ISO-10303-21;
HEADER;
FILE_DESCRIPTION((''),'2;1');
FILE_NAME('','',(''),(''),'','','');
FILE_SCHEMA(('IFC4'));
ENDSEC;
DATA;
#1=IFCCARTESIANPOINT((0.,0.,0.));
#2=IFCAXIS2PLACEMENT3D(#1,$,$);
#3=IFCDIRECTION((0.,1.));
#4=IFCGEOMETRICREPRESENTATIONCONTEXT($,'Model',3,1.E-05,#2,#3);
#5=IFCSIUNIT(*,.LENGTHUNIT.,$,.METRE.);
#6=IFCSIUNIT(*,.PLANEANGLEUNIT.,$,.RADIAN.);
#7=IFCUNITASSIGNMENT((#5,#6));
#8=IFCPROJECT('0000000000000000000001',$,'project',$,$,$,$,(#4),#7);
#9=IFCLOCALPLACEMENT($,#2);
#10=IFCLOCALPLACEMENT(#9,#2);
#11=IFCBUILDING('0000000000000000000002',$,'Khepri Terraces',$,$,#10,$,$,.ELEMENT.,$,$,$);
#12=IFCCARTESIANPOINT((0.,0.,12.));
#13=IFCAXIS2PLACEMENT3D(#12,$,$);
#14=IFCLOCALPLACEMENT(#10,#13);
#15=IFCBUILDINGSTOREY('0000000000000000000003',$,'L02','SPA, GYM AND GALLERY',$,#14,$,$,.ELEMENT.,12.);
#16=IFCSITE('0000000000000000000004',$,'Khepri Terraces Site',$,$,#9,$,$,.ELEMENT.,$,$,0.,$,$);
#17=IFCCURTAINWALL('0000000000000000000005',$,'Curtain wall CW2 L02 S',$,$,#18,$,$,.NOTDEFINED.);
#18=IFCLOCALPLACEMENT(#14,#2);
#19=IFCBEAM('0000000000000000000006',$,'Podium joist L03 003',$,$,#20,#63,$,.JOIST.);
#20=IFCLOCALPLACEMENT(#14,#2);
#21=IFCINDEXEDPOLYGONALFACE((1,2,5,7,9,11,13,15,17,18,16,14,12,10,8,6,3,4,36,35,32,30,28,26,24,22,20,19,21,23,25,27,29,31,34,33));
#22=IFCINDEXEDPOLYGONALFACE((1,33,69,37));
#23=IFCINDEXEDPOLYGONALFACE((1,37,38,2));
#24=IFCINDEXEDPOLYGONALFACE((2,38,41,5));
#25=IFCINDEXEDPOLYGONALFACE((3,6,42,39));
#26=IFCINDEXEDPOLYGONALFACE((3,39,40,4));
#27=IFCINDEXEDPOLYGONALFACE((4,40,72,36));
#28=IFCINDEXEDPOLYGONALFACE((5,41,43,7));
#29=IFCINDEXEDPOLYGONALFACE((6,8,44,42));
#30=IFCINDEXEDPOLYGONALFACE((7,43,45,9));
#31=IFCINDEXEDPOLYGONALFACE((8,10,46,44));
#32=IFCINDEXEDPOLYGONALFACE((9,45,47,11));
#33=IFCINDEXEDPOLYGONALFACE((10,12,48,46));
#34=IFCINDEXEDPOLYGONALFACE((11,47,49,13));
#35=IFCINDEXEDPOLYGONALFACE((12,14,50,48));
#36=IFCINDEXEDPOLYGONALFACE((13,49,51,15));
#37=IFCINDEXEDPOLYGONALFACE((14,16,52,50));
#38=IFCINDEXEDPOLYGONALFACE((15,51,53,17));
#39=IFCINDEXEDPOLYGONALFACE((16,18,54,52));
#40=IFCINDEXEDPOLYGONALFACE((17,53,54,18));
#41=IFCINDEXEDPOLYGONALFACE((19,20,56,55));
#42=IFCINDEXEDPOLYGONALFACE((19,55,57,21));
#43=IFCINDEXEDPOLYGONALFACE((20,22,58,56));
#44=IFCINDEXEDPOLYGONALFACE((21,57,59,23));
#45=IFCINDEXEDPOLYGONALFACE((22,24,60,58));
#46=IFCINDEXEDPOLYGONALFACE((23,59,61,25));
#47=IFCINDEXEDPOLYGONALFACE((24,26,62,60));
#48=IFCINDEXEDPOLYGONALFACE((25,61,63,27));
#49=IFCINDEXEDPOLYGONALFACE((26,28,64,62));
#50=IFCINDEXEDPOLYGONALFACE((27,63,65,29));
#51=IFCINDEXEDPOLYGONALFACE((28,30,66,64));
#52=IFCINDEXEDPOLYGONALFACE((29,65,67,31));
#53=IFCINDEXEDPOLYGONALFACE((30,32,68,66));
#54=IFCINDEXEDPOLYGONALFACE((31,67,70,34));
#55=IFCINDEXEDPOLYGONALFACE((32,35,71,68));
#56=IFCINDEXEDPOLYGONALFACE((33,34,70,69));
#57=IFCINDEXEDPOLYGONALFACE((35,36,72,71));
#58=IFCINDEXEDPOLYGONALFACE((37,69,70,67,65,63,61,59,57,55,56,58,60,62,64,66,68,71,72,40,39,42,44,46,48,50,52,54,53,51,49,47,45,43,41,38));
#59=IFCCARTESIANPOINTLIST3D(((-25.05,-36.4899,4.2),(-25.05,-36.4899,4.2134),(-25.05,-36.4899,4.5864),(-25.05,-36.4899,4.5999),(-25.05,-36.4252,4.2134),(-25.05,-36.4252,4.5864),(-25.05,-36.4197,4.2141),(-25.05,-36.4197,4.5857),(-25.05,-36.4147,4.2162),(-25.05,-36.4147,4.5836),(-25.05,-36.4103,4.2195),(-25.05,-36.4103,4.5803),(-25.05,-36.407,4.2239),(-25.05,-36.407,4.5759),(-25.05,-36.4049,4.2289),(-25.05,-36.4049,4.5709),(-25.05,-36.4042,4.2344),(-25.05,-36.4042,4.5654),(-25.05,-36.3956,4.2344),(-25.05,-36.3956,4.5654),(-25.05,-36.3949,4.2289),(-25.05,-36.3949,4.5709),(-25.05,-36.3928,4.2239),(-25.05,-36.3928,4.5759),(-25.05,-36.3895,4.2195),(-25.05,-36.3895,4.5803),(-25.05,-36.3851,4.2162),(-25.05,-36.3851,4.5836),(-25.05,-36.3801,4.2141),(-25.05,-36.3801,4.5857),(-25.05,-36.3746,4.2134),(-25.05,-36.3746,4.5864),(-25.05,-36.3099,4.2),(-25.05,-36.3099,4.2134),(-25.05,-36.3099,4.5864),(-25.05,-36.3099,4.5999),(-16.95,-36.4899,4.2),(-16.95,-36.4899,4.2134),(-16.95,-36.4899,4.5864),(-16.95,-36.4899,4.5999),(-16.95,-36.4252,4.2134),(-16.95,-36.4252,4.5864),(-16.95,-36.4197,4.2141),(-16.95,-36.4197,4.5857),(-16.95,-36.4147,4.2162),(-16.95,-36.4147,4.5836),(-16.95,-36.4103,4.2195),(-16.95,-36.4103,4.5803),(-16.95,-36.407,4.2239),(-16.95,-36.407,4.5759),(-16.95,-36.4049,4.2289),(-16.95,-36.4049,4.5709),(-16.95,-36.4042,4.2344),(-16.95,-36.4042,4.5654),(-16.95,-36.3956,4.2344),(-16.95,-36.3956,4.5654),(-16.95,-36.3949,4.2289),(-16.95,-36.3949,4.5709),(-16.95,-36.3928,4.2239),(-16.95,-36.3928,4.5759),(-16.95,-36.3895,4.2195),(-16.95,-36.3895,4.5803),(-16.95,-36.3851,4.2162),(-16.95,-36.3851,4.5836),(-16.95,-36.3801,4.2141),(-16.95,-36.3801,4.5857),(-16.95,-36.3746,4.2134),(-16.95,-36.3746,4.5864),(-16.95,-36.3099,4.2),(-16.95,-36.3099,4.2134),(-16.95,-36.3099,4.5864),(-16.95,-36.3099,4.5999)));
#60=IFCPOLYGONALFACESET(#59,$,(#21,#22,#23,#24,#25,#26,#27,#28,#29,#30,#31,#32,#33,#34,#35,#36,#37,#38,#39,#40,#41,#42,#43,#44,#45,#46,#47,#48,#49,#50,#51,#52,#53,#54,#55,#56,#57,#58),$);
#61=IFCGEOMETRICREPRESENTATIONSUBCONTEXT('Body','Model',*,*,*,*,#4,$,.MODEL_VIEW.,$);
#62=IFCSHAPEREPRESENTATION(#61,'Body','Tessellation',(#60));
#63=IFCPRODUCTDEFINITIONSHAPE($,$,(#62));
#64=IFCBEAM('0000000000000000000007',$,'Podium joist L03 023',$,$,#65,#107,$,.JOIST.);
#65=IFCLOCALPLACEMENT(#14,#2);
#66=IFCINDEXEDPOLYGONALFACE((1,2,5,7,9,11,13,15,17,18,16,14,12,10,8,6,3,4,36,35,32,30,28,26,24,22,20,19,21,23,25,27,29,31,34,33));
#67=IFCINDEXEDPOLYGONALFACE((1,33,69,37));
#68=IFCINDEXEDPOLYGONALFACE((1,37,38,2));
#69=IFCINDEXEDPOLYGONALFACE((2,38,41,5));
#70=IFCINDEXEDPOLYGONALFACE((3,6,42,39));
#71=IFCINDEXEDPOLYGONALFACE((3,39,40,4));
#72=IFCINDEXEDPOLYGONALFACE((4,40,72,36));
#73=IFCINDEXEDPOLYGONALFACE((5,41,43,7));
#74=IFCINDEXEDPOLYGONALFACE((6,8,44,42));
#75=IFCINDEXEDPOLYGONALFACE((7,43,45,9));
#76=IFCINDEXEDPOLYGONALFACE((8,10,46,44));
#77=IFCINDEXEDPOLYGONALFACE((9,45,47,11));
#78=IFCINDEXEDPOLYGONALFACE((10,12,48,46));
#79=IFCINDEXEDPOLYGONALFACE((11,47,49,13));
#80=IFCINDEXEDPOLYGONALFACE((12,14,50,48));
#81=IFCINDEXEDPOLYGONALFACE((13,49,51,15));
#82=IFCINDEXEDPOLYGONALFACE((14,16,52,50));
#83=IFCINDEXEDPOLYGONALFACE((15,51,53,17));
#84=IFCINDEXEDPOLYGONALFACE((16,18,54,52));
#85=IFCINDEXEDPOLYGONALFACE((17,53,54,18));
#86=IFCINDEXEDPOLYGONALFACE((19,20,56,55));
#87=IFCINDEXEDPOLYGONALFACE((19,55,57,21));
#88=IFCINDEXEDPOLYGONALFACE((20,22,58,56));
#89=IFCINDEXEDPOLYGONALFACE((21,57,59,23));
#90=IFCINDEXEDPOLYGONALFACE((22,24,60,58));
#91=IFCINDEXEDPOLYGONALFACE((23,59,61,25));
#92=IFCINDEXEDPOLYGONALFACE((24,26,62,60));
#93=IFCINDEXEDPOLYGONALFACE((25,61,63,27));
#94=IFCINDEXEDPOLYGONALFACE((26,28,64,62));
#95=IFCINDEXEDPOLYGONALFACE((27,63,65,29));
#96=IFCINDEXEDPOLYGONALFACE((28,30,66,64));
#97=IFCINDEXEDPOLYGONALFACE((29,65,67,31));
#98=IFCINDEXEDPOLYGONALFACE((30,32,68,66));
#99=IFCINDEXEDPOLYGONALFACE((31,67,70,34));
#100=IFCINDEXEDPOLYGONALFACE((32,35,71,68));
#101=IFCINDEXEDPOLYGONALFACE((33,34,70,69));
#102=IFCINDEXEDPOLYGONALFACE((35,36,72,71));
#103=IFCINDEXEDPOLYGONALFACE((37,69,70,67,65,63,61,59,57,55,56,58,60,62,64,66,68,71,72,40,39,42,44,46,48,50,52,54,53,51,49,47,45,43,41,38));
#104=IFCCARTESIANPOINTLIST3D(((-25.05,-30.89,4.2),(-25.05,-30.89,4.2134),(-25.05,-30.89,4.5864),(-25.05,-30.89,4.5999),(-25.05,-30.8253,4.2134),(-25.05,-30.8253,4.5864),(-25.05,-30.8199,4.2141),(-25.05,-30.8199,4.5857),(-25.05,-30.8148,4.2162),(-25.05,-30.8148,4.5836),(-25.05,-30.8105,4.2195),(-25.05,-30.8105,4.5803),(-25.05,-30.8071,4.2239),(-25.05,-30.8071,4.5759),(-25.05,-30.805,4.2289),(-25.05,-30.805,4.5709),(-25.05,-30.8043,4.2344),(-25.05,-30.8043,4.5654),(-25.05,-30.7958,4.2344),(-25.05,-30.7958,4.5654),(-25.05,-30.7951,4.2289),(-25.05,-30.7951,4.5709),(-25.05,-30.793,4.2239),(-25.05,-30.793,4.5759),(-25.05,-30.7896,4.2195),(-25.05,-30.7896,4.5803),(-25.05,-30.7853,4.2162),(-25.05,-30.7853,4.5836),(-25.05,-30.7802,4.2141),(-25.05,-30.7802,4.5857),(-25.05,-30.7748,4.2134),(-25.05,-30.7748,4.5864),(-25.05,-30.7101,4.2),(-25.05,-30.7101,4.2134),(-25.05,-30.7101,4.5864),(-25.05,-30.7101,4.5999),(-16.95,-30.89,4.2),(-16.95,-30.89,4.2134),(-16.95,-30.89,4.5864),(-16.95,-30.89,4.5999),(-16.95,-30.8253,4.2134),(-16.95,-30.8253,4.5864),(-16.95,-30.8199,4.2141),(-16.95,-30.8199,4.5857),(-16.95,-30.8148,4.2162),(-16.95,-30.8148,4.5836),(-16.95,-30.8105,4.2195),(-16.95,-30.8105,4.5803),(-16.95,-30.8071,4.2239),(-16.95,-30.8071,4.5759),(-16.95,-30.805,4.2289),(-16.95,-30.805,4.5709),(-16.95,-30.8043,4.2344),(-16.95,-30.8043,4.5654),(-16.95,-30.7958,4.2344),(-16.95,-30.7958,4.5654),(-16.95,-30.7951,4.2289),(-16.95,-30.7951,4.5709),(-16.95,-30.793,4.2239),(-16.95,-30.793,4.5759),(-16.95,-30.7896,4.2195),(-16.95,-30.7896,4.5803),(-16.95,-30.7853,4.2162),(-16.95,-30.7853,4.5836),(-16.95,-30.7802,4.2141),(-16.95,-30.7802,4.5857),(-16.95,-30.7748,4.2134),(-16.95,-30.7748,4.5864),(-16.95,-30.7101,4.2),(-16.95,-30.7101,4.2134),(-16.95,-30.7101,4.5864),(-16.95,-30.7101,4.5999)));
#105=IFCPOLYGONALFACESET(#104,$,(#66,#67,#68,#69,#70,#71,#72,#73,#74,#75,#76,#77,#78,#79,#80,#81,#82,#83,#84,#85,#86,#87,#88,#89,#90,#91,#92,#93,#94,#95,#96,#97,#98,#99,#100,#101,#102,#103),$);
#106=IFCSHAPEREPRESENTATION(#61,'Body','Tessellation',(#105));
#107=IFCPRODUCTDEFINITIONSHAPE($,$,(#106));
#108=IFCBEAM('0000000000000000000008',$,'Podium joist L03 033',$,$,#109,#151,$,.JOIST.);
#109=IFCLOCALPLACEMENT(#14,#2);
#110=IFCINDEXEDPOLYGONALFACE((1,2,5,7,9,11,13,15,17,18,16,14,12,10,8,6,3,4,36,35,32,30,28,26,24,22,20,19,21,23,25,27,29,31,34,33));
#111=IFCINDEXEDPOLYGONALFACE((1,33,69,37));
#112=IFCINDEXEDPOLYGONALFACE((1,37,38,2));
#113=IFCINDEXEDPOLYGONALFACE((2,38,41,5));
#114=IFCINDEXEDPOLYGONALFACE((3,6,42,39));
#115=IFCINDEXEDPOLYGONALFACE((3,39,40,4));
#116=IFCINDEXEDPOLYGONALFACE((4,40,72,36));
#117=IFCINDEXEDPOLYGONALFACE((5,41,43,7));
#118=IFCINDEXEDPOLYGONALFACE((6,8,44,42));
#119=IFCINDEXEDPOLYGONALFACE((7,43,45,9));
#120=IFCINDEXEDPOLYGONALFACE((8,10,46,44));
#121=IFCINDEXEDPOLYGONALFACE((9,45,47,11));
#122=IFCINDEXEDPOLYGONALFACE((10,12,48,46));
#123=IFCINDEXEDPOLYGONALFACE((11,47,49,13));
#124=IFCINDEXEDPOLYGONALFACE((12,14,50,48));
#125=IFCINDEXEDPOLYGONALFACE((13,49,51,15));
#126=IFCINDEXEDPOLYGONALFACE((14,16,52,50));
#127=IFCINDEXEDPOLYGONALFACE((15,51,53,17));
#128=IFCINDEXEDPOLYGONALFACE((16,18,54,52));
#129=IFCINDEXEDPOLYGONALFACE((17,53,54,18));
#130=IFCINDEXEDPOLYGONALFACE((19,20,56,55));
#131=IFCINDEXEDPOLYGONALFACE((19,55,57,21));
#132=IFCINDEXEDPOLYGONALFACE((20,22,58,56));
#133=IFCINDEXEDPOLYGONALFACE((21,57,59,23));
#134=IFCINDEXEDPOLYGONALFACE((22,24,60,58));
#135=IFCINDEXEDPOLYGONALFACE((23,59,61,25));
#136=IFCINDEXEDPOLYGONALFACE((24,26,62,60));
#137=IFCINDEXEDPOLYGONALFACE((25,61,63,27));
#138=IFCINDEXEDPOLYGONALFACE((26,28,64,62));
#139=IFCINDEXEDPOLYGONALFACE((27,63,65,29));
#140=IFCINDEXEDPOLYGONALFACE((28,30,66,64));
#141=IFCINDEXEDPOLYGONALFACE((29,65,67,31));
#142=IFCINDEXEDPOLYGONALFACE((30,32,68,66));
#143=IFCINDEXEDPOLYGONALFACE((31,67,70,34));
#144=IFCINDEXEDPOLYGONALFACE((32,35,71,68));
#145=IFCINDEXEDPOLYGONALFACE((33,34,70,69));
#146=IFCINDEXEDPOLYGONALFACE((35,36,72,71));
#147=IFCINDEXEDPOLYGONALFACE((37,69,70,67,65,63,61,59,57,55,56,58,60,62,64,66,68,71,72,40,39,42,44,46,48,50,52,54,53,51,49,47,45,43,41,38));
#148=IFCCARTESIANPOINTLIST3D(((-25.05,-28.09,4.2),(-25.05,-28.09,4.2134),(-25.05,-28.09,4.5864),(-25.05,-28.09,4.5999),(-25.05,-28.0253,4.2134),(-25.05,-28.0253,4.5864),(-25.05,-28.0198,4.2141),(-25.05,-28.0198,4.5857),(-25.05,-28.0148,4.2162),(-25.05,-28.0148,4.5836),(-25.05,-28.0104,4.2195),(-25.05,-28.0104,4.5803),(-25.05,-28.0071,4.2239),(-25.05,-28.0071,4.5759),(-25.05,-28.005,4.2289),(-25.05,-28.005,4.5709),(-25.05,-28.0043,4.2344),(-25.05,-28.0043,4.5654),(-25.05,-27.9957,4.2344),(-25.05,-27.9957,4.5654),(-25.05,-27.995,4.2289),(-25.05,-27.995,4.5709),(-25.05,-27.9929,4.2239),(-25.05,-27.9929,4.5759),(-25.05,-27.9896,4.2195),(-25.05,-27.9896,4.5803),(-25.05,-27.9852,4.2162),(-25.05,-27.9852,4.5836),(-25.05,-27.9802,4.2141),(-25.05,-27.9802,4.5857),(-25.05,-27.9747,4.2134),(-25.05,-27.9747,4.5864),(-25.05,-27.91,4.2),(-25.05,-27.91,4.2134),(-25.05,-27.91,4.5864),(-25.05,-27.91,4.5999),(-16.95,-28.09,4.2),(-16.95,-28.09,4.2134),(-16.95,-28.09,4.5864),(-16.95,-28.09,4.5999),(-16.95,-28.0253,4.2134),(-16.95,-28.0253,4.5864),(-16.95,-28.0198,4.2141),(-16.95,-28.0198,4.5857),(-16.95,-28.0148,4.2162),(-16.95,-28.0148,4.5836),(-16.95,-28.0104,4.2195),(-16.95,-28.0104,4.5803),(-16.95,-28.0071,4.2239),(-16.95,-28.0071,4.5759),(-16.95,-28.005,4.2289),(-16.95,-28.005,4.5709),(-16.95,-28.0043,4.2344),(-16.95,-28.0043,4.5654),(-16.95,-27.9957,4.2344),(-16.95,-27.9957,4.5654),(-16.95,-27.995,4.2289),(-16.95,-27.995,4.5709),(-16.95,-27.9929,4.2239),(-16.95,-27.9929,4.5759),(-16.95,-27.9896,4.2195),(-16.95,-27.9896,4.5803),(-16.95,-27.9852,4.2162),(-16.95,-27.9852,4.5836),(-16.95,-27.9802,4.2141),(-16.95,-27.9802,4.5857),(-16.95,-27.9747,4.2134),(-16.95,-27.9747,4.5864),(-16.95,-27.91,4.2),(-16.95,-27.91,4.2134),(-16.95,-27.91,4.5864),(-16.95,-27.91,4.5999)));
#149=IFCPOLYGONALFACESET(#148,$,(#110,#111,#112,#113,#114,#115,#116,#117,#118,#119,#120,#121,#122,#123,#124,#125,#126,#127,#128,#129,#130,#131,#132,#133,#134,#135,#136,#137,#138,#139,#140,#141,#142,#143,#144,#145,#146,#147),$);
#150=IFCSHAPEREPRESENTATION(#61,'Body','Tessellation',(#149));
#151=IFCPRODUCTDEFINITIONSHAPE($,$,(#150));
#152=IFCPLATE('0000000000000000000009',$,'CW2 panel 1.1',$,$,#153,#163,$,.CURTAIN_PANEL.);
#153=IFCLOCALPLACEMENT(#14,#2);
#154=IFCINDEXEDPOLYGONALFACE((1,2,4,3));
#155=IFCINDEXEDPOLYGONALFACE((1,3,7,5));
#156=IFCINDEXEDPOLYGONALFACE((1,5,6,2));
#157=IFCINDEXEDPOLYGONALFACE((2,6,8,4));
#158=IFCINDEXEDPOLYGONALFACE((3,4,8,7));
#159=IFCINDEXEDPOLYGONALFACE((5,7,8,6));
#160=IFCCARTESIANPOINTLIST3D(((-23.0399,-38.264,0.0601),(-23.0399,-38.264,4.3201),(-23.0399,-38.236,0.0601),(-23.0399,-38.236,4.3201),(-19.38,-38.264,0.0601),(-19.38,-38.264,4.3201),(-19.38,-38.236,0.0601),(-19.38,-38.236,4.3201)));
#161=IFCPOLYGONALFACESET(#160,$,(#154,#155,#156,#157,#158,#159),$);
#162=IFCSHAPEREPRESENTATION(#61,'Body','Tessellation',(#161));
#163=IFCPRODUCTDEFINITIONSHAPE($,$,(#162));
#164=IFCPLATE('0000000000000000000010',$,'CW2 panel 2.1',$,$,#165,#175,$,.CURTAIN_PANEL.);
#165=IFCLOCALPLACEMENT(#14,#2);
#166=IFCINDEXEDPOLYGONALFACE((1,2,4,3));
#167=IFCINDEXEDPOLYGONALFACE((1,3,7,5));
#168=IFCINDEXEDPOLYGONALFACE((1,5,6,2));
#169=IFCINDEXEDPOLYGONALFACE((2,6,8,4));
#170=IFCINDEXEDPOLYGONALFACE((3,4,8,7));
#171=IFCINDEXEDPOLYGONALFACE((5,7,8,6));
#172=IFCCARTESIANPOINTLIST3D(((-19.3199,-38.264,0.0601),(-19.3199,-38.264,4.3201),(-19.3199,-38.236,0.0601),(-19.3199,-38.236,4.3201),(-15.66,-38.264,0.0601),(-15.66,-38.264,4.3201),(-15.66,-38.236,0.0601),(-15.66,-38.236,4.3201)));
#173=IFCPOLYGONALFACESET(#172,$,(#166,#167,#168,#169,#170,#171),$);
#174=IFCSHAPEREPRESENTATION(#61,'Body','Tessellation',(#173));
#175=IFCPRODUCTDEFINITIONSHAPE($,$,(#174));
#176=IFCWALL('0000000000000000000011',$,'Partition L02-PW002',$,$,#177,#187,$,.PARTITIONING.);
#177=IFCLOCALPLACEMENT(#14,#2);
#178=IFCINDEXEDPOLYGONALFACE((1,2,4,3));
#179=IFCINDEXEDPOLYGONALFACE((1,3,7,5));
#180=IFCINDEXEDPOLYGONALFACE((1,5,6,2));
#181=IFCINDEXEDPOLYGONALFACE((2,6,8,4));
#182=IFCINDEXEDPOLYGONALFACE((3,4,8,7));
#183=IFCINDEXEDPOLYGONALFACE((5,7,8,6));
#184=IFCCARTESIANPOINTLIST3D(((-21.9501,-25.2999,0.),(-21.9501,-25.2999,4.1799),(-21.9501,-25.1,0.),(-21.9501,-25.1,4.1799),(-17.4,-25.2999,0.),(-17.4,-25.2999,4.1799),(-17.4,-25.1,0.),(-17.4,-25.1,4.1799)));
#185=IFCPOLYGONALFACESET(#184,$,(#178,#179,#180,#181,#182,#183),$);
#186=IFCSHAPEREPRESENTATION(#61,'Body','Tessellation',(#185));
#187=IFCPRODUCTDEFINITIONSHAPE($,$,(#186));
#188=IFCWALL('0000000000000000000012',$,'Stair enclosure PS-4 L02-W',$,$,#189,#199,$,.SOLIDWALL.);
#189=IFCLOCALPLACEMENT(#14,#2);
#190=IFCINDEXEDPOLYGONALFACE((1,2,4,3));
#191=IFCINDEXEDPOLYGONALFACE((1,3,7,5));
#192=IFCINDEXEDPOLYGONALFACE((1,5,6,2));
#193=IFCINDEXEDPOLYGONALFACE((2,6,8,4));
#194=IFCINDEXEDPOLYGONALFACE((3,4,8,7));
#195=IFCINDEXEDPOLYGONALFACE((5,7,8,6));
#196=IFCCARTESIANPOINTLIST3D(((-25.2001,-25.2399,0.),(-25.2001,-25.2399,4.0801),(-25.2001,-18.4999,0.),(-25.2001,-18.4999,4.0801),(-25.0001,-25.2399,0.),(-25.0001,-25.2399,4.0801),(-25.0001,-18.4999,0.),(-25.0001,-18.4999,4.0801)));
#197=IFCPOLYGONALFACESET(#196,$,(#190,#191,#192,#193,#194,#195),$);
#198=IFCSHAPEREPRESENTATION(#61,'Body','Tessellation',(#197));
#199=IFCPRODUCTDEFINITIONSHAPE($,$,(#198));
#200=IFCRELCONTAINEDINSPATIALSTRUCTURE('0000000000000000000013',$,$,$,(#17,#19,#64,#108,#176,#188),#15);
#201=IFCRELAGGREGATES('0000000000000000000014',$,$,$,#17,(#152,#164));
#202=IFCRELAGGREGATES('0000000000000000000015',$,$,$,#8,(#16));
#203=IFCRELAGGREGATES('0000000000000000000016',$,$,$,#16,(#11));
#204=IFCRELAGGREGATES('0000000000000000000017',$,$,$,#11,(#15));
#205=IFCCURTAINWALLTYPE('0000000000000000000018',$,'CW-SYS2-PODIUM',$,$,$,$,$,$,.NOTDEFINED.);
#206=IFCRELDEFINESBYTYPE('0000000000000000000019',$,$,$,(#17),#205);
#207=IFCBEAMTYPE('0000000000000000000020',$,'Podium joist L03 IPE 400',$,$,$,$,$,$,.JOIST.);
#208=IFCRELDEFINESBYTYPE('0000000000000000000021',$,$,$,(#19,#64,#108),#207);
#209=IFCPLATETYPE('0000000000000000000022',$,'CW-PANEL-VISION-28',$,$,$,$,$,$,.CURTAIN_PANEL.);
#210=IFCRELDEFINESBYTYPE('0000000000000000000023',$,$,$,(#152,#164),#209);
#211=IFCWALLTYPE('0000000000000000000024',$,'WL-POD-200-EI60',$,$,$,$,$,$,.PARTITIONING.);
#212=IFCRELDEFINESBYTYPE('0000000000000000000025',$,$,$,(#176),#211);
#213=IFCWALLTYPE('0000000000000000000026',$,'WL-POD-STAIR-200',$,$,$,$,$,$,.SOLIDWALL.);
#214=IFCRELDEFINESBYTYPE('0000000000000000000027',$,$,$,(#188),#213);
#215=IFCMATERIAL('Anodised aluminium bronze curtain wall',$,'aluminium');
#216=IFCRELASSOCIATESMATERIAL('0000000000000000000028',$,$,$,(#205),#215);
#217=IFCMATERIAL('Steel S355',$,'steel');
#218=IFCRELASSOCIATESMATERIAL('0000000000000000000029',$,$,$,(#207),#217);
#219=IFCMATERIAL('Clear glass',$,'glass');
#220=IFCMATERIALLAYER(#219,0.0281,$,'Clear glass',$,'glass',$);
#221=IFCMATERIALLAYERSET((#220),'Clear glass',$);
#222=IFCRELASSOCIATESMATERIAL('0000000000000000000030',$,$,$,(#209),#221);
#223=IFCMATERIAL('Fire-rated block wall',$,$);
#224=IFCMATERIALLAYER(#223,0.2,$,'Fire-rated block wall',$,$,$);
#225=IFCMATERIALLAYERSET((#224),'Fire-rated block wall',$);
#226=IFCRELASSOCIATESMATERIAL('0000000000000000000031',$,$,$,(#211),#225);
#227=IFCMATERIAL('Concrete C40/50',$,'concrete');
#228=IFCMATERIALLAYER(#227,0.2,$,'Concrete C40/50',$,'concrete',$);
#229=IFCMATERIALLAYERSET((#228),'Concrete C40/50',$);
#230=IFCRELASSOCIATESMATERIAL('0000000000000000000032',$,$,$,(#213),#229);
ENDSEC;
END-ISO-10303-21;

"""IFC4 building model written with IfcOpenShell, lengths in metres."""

from ifc_helpers import new_model, si_unit, direction, frame, frame_2d, origin, origin_2d, place, context, subcontext, project, spatial, rectangle, i_section, extrude, material, layer, layer_set, material_profile, profile_set, type_object, element, aggregate, save


model = new_model("IFC4")

# Units and contexts
model_context = context("Model", 3, precision=1e-05, world=origin(), true_north=direction((0.0, 1.0)))
body_context = subcontext(model_context, "Body", "Model", "MODEL_VIEW")
ifc_project = project(units=[si_unit("LENGTHUNIT", "METRE"), si_unit("PLANEANGLEUNIT", "RADIAN")], contexts=[model_context])

# Site, building, storey
site_placement = place(None, origin())
site = spatial("IfcSite", under=ifc_project, at=site_placement, Name="Khepri Terraces Site", CompositionType="ELEMENT", RefElevation=0.0)
building_placement = place(site_placement, origin())
building = spatial("IfcBuilding", under=site, at=building_placement, Name="Khepri Terraces", CompositionType="ELEMENT")
storey_placement = place(building_placement, frame((0.0, 0.0, 12.0)))
storey = spatial("IfcBuildingStorey", under=building, at=storey_placement, Name="L02", Description="SPA, GYM AND GALLERY", CompositionType="ELEMENT", Elevation=12.0)

# Curtain wall
ifc_material_1 = material(Name="Anodised aluminium bronze curtain wall", Category="aluminium")
curtain_wall_type = type_object("IfcCurtainWallType", Name="CW-SYS2-PODIUM", PredefinedType="NOTDEFINED", material=ifc_material_1)
curtain_wall_placement = place(storey_placement, origin())
curtain_wall = element("IfcCurtainWall", 1, at=curtain_wall_placement, inside=storey, type_object=curtain_wall_type, Name="Curtain wall CW2 L02 S", PredefinedType="NOTDEFINED")

# Beams
ifc_material_2 = material(Name="Steel S355", Category="steel")
ifc_material_profile_1 = material_profile(ifc_material_2, i_section(OverallWidth=0.1799, OverallDepth=0.3999, WebThickness=0.0085, FlangeThickness=0.0134, FilletRadius=0.021, at=origin_2d()), Name="Steel S355", Category="steel")
ifc_profile_set_1 = profile_set([ifc_material_profile_1], Name="Steel S355")
beam_type_1 = type_object("IfcBeamType", Name="Podium joist L03 IPE 400", PredefinedType="JOIST", material=ifc_profile_set_1)
for number, where, z_axis, x_axis, name in (
    (2, (-25.05, -36.3999, 4.3999), (1.0, 0.0, 0.0), (0.0, 1.0, 0.0), "Podium joist L03 003"),
    (3, (-25.05, -30.8, 4.3999), (1.0, 0.0, 0.0), (0.0, 1.0, 0.0), "Podium joist L03 023"),
    (4, (-25.05, -28.0, 4.3999), (1.0, 0.0, 0.0), (0.0, 1.0, 0.0), "Podium joist L03 033"),
):
    element("IfcBeam", number, at=place(storey_placement, frame(where, z_axis=z_axis, x_axis=x_axis)), inside=storey, type_object=beam_type_1, Name=name, PredefinedType="JOIST", context=body_context, shape_type="SweptSolid", body=[
        extrude(i_section(OverallWidth=0.1799, OverallDepth=0.3999, WebThickness=0.0085, FlangeThickness=0.0134, FilletRadius=0.021, at=origin_2d()), origin(), (0.0, 0.0, 1.0), 8.1001),
    ])

# Plates
ifc_material_3 = material(Name="Clear glass", Category="glass")
ifc_layer_1 = layer(ifc_material_3, 0.0281, Name="Clear glass", Category="glass")
ifc_layer_set_1 = layer_set([ifc_layer_1], Name="Clear glass")
plate_type = type_object("IfcPlateType", Name="CW-PANEL-VISION-28", PredefinedType="CURTAIN_PANEL", material=ifc_layer_set_1)
plate_1_placement = place(storey_placement, frame((-21.21, -38.25, 0.0601), z_axis=(0.0, 0.0, 1.0), x_axis=(1.0, 0.0, 0.0)))
plate_1 = element("IfcPlate", 5, at=plate_1_placement, type_object=plate_type, Name="CW2 panel 1.1", PredefinedType="CURTAIN_PANEL", context=body_context, shape_type="SweptSolid", body=[
    extrude(rectangle(XDim=3.6599, YDim=0.0281, at=origin_2d()), origin(), (0.0, 0.0, 1.0), 4.26),
])
plate_2_placement = place(storey_placement, frame((-17.49, -38.25, 0.0601), z_axis=(0.0, 0.0, 1.0), x_axis=(1.0, 0.0, 0.0)))
plate_2 = element("IfcPlate", 6, at=plate_2_placement, type_object=plate_type, Name="CW2 panel 2.1", PredefinedType="CURTAIN_PANEL", context=body_context, shape_type="SweptSolid", body=[
    extrude(rectangle(XDim=3.6599, YDim=0.0281, at=origin_2d()), origin(), (0.0, 0.0, 1.0), 4.26),
])
aggregate(curtain_wall, [plate_1, plate_2])

# Walls
ifc_material_4 = material(Name="Fire-rated block wall")
ifc_layer_2 = layer(ifc_material_4, 0.2, Name="Fire-rated block wall")
ifc_layer_set_2 = layer_set([ifc_layer_2], Name="Fire-rated block wall")
wall_type_1 = type_object("IfcWallType", Name="WL-POD-200-EI60", PredefinedType="PARTITIONING", material=ifc_layer_set_2)
wall_1_placement = place(storey_placement, frame((-21.95, -25.2, 0.0), z_axis=(0.0, 0.0, 1.0), x_axis=(1.0, 0.0, 0.0)))
element("IfcWall", 7, at=wall_1_placement, inside=storey, type_object=wall_type_1, Name="Partition L02-PW002", PredefinedType="PARTITIONING", context=body_context, shape_type="SweptSolid", body=[
    extrude(rectangle(XDim=4.55, YDim=0.2, at=frame_2d((2.2749, 0.0))), origin(), (0.0, 0.0, 1.0), 4.1799),
])
ifc_material_5 = material(Name="Concrete C40/50", Category="concrete")
ifc_layer_3 = layer(ifc_material_5, 0.2, Name="Concrete C40/50", Category="concrete")
ifc_layer_set_3 = layer_set([ifc_layer_3], Name="Concrete C40/50")
wall_type_2 = type_object("IfcWallType", Name="WL-POD-STAIR-200", PredefinedType="SOLIDWALL", material=ifc_layer_set_3)
wall_2_placement = place(storey_placement, frame((-25.1001, -25.24, 0.0), z_axis=(0.0, 0.0, 1.0), x_axis=(0.0, 1.0, 0.0)))
element("IfcWall", 8, at=wall_2_placement, inside=storey, type_object=wall_type_2, Name="Stair enclosure PS-4 L02-W", PredefinedType="SOLIDWALL", context=body_context, shape_type="SweptSolid", body=[
    extrude(rectangle(XDim=6.74, YDim=0.2, at=frame_2d((3.3701, 0.0))), origin(), (0.0, 0.0, 1.0), 4.0801),
])

save(model, "model.ifc")
